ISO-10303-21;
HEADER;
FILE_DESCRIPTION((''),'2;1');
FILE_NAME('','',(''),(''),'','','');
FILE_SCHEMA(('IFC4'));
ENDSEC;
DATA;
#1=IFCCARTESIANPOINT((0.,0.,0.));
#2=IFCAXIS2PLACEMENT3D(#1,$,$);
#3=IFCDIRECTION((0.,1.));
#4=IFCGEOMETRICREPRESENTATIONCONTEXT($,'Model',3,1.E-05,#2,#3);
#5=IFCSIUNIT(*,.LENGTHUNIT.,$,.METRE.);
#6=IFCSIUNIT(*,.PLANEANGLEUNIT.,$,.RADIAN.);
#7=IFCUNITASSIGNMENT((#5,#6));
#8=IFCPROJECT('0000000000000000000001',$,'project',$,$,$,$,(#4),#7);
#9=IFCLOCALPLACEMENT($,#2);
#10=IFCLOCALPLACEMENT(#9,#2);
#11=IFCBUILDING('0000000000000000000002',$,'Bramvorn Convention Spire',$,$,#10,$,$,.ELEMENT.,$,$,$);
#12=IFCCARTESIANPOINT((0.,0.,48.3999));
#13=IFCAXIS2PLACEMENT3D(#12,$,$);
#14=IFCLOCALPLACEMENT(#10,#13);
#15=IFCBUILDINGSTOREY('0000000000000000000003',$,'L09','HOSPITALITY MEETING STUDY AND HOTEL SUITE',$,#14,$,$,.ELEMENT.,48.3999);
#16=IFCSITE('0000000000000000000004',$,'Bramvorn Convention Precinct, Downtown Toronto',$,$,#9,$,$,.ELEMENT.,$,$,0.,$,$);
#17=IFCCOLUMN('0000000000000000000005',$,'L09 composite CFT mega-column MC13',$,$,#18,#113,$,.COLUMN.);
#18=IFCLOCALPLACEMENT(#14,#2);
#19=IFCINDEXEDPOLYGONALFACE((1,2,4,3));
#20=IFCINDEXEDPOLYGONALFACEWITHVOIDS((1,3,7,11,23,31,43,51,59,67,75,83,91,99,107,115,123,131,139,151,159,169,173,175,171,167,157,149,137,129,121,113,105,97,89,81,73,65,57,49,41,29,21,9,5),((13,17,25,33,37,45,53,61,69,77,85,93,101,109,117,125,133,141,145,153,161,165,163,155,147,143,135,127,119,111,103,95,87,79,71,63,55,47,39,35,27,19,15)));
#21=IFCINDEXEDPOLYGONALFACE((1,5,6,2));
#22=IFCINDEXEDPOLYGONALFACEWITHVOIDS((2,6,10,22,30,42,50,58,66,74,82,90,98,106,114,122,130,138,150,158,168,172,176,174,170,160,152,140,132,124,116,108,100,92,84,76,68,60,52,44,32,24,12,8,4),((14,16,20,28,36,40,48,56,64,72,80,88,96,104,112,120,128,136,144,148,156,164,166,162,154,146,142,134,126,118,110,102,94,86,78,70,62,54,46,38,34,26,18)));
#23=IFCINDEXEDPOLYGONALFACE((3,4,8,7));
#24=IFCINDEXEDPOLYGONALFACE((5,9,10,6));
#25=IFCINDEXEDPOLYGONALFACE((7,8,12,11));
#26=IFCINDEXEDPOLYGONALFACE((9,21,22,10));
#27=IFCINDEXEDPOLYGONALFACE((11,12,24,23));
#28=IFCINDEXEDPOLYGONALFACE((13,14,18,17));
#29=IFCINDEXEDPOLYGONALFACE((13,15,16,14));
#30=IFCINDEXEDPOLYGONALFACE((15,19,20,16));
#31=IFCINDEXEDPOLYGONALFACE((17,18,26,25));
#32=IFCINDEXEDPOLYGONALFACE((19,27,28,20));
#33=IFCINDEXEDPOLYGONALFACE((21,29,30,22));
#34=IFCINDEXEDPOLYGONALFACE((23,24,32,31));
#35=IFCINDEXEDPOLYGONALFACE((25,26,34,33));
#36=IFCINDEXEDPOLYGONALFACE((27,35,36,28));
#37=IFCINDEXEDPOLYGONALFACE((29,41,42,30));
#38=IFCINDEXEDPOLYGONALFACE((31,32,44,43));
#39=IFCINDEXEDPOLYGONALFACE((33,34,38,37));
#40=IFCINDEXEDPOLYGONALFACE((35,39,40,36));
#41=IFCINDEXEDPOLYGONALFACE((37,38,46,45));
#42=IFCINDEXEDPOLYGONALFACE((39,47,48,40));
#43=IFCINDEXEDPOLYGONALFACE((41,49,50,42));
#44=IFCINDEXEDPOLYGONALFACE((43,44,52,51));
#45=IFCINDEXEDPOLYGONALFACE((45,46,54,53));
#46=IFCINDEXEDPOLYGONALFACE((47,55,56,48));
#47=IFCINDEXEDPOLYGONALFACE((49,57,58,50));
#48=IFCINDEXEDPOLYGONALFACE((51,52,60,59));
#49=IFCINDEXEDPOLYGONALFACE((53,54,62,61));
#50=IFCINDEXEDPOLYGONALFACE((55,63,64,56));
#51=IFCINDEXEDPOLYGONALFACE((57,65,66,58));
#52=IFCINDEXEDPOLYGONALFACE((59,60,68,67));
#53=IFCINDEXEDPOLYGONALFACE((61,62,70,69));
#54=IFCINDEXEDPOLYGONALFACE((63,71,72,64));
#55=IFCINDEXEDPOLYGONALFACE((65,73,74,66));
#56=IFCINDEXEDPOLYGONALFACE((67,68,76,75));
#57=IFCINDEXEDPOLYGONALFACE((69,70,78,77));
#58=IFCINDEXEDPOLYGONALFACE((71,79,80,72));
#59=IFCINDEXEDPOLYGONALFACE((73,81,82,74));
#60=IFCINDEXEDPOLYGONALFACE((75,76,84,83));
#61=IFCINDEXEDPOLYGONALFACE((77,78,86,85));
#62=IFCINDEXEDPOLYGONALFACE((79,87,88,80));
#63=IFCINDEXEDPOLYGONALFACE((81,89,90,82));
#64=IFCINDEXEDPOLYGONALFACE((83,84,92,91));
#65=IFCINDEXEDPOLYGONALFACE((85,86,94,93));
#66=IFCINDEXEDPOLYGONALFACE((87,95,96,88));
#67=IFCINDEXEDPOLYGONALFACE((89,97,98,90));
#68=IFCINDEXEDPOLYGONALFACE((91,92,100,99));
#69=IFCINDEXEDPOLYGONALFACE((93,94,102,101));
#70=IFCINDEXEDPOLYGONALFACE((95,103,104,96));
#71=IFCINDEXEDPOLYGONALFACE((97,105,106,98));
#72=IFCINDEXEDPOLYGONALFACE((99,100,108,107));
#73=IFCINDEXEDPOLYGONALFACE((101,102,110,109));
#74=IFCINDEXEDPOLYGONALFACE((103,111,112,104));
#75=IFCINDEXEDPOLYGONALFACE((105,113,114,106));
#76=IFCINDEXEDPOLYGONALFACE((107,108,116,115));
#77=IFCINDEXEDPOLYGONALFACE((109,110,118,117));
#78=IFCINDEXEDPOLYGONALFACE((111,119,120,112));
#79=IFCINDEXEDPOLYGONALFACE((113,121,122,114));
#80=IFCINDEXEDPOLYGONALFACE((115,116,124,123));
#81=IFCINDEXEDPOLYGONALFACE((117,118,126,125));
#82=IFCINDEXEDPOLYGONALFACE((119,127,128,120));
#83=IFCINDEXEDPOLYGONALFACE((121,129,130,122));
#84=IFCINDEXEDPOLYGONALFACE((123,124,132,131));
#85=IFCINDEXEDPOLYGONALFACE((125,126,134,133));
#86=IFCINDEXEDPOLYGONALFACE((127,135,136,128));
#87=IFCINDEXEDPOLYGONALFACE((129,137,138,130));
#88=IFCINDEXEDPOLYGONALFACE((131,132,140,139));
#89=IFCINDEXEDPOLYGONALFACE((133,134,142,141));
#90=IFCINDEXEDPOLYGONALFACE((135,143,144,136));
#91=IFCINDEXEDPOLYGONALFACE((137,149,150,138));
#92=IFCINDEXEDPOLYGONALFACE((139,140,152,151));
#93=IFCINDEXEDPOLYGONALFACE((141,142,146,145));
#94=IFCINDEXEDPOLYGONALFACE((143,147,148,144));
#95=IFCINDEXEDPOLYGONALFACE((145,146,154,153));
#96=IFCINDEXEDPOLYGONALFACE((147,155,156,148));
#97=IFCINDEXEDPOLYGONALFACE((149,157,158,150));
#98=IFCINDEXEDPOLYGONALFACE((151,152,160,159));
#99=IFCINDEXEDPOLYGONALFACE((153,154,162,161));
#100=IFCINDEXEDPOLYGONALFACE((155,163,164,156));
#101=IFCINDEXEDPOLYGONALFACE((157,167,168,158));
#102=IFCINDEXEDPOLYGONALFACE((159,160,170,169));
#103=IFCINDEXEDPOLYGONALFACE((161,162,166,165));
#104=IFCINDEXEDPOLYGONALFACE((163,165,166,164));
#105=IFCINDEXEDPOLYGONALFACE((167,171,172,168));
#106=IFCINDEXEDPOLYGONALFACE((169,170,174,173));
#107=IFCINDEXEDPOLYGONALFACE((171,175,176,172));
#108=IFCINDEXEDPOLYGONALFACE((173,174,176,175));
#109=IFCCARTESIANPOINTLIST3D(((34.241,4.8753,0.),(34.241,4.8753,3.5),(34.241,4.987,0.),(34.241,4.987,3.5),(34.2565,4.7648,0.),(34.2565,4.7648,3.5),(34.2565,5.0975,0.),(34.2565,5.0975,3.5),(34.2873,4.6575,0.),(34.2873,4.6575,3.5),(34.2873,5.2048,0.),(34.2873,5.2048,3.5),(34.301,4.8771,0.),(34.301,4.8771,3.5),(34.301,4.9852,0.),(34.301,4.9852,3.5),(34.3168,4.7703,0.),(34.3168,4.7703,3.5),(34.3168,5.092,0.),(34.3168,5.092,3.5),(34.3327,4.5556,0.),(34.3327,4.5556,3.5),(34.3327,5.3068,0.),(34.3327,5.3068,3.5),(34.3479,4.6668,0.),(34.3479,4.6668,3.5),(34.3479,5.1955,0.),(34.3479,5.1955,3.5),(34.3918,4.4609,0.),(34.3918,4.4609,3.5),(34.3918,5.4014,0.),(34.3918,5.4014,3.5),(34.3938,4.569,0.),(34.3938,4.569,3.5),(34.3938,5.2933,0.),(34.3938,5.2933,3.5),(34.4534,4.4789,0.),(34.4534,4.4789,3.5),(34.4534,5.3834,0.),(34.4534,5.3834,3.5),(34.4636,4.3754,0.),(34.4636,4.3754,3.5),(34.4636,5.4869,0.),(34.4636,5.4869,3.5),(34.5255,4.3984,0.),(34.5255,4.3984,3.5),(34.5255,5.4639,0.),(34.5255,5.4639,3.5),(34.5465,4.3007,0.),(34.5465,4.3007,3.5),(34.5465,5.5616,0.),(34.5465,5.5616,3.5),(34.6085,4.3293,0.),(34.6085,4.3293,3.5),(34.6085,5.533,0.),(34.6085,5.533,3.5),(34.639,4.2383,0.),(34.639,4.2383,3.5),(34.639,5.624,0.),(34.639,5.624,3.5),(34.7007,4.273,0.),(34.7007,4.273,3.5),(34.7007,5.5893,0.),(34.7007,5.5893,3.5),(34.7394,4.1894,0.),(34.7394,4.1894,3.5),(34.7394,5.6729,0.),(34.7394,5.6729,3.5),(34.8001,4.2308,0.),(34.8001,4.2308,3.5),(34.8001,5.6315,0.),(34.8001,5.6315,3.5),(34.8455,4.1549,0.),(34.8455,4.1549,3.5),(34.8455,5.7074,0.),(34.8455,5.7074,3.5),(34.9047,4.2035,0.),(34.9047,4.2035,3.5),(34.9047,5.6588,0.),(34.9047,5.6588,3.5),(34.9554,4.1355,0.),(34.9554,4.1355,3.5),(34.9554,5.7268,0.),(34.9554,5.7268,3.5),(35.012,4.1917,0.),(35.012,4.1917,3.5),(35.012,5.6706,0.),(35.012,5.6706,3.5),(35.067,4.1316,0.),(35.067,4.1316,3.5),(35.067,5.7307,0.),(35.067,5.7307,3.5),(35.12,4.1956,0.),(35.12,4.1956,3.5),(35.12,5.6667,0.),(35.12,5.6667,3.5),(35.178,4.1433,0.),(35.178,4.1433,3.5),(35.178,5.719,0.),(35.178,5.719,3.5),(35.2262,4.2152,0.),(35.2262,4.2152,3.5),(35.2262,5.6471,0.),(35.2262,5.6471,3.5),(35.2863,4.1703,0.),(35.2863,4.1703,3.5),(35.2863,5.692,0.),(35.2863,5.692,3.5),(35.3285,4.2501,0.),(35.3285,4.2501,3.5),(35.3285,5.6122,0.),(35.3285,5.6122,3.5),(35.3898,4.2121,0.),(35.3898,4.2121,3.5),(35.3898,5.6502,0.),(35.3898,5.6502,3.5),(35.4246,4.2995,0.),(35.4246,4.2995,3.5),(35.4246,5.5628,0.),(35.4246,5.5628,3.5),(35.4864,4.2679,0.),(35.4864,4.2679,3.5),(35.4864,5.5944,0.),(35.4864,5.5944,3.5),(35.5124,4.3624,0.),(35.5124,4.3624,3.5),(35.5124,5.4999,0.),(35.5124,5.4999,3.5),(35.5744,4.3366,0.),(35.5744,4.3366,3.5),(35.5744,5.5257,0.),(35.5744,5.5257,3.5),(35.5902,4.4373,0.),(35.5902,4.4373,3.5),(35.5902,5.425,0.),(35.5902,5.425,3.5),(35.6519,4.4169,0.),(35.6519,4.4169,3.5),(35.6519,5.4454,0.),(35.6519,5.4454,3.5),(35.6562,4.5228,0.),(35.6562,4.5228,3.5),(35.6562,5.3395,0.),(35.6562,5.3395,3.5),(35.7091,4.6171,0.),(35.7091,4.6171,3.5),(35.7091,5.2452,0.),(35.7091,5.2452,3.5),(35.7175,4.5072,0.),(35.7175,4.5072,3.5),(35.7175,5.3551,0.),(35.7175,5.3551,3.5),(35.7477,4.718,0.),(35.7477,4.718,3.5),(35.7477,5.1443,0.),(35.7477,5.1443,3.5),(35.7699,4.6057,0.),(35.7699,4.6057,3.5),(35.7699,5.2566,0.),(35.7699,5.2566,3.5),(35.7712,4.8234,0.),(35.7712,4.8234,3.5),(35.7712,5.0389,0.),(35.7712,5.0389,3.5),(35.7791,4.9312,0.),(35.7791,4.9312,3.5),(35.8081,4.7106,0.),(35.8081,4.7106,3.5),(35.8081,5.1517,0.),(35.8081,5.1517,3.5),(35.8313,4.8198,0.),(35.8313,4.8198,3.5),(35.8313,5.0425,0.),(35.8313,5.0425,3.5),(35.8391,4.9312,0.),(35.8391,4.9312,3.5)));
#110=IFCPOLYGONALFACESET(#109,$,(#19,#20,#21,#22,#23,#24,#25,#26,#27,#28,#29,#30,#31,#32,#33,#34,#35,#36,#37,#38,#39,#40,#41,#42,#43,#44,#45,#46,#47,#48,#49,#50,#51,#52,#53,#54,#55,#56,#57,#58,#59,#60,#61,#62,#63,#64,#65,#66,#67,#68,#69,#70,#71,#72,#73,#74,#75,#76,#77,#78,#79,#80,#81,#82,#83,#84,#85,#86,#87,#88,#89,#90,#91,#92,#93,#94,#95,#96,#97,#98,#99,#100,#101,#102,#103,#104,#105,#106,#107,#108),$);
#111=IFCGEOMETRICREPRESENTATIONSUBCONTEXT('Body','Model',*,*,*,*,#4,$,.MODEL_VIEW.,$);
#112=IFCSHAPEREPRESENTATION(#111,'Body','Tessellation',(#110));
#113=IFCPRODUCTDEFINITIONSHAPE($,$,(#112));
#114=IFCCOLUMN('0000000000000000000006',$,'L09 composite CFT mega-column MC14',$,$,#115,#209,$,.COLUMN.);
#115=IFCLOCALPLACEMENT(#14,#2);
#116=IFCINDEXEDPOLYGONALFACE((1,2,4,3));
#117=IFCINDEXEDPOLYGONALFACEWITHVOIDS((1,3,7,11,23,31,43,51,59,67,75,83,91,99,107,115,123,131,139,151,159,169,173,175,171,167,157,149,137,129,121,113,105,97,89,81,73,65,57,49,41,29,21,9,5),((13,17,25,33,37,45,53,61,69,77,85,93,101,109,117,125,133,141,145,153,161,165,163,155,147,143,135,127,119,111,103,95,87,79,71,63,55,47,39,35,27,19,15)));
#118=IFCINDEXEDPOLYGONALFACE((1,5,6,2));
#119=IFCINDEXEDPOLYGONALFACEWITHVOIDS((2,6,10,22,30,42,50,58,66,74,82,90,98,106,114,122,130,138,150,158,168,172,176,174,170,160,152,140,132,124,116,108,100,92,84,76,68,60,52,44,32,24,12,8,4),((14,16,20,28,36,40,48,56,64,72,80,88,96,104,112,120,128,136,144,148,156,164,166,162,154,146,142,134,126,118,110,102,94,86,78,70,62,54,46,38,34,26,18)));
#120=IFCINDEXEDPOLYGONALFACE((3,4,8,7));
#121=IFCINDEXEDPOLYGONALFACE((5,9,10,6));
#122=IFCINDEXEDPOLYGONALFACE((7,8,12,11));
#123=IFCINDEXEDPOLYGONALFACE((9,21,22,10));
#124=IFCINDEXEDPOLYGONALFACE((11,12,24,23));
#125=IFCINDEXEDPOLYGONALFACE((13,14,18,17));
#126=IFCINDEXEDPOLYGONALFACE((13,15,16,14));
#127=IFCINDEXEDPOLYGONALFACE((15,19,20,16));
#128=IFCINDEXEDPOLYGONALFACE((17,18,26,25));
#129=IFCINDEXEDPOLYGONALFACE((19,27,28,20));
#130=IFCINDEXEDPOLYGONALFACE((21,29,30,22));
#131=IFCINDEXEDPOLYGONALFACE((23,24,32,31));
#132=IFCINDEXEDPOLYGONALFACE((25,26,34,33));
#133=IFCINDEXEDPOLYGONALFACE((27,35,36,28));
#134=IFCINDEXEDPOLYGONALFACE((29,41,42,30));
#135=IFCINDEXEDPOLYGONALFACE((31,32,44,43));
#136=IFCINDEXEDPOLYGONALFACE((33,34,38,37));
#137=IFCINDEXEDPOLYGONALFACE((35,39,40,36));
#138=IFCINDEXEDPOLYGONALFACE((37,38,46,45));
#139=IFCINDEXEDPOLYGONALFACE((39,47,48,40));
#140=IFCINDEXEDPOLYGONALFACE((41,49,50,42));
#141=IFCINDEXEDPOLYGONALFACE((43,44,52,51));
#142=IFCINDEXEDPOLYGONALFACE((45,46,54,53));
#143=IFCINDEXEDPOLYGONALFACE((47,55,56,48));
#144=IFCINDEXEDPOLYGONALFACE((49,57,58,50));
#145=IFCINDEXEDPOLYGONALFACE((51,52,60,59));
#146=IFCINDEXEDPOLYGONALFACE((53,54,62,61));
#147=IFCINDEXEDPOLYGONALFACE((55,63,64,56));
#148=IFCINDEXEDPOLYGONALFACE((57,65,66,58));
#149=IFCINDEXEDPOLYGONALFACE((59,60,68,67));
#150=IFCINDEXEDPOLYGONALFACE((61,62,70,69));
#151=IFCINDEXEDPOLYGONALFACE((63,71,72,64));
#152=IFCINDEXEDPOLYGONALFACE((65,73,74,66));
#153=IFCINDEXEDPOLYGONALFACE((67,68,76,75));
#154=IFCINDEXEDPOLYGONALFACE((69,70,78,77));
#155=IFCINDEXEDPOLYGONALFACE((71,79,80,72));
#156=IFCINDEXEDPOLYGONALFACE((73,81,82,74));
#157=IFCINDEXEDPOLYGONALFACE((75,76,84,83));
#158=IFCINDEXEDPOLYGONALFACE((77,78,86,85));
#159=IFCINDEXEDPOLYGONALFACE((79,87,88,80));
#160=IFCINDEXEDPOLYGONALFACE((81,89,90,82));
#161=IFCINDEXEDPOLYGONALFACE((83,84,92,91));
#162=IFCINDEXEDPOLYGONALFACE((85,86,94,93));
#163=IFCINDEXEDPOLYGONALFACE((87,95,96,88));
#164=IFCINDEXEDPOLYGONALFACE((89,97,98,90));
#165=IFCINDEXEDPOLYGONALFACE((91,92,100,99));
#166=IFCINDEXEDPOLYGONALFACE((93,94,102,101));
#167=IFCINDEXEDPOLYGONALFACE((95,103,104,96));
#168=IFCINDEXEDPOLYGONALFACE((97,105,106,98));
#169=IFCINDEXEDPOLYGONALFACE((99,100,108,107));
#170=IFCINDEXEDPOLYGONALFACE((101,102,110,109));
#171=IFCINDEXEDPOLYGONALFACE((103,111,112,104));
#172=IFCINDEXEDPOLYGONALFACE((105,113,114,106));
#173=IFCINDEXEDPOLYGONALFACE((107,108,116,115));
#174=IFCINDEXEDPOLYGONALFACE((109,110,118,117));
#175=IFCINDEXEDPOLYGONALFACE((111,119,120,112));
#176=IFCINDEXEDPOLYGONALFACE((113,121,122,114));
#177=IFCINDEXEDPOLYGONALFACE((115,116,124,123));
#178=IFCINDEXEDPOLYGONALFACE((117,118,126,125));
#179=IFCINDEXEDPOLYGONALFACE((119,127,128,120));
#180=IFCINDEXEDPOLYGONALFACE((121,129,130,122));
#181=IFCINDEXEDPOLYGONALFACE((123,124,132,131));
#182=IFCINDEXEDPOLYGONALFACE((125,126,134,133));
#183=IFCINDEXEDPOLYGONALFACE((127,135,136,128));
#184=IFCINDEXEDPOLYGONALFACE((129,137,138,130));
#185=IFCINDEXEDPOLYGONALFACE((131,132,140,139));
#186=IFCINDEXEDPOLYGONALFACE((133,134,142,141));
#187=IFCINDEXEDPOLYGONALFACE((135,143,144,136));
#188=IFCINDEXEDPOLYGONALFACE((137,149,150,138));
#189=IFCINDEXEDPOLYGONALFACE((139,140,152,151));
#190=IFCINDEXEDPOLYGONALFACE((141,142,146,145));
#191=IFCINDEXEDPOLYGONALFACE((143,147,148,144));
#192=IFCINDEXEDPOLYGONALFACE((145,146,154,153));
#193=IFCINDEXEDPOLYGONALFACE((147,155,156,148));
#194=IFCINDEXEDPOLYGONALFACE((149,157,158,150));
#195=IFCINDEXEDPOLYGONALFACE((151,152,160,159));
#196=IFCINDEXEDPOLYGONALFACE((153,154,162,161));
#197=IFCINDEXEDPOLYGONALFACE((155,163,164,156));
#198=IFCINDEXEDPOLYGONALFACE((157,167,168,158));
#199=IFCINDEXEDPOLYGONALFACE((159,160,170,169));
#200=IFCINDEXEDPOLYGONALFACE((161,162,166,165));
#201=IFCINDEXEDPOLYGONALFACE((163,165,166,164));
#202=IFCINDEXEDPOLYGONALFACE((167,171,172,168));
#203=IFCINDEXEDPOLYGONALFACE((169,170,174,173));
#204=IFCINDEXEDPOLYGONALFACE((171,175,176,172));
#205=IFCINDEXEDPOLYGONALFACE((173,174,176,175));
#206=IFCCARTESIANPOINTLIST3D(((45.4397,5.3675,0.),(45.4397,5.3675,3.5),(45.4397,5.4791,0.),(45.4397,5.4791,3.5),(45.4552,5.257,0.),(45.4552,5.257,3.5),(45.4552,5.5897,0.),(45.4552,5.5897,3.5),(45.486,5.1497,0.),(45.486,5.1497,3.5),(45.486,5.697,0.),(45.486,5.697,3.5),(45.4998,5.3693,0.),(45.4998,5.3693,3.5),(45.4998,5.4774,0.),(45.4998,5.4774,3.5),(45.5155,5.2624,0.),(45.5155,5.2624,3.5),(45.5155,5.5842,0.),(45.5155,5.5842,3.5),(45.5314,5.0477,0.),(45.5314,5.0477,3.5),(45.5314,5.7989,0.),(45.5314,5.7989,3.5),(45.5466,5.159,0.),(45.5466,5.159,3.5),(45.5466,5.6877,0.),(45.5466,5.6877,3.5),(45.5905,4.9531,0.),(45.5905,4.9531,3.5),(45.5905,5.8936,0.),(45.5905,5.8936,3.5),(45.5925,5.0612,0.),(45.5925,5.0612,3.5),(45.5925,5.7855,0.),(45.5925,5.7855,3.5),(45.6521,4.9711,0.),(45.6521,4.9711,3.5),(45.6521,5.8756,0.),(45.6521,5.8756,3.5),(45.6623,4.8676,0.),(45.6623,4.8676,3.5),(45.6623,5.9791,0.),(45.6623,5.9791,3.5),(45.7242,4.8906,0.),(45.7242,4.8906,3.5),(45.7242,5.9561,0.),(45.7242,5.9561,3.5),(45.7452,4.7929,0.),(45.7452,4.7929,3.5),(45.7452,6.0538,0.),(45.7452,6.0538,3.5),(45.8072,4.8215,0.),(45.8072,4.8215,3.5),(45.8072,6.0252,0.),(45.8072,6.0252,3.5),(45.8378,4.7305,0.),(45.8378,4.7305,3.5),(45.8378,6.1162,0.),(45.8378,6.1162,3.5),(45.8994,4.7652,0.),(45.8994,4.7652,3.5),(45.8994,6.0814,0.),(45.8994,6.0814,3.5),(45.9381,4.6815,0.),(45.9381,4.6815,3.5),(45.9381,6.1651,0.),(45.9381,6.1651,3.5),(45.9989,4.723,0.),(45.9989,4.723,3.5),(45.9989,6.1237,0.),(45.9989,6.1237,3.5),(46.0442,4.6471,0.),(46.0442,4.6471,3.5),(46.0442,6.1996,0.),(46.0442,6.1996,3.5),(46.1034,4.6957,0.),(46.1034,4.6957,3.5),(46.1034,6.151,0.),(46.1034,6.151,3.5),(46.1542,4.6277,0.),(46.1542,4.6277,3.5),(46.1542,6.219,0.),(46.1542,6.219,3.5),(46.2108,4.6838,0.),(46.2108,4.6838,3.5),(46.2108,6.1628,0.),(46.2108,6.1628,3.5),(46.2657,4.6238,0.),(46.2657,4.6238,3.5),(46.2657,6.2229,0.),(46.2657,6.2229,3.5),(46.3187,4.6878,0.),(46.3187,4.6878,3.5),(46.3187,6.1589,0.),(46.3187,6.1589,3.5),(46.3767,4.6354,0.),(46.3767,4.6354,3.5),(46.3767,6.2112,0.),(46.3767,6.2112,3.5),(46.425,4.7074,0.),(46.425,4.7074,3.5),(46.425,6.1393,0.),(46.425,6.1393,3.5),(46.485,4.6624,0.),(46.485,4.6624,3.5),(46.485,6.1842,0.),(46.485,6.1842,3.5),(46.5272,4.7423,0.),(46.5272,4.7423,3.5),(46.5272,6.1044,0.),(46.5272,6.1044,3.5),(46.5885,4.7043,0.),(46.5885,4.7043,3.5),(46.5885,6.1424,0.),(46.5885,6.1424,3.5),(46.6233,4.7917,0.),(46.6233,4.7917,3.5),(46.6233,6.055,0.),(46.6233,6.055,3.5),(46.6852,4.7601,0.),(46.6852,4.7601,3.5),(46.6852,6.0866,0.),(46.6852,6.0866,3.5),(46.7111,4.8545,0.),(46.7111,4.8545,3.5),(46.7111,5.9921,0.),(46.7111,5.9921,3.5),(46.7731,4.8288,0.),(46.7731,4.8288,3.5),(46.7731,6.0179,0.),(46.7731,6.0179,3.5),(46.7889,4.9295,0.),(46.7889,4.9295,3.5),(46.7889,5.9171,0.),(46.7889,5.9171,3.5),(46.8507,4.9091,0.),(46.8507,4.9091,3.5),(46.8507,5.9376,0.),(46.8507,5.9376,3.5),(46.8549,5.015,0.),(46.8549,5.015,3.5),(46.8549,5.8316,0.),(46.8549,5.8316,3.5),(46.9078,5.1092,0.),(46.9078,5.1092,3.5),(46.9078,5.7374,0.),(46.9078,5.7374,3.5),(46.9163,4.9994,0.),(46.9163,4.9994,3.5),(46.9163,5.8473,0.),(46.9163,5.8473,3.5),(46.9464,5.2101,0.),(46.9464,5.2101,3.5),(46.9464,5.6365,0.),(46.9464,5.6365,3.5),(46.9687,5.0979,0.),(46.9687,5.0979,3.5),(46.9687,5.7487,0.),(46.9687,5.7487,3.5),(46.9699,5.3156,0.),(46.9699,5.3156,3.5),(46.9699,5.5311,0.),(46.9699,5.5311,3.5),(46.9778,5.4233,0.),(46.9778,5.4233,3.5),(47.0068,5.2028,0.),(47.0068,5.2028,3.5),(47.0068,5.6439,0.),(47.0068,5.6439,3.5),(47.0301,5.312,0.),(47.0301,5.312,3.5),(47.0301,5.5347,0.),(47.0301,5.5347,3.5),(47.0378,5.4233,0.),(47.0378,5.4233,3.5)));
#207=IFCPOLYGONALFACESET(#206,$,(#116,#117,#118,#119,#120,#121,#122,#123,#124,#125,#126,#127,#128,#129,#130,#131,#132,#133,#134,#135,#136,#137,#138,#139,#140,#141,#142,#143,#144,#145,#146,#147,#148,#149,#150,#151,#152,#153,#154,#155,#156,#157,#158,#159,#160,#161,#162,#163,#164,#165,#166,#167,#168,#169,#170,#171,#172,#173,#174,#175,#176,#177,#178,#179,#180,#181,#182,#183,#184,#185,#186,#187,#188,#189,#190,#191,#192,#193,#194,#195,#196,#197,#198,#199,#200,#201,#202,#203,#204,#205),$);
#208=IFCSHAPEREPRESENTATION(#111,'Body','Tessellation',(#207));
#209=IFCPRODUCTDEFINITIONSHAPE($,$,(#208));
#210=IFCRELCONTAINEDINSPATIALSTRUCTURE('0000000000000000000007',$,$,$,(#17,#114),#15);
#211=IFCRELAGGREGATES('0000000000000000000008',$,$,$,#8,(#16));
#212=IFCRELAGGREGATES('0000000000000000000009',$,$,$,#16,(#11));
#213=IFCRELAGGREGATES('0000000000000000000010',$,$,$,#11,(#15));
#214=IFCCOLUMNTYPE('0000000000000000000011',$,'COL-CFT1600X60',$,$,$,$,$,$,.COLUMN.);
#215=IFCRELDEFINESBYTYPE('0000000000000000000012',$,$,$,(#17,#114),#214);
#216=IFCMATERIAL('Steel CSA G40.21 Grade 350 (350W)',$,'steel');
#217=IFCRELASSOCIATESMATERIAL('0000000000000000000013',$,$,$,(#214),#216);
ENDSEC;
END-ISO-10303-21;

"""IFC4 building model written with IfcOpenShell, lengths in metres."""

from ifc_helpers import new_model, si_unit, direction, frame, origin, origin_2d, place, context, subcontext, project, spatial, hollow_circle, extrude, material, material_profile, profile_set, type_object, element, save


model = new_model("IFC4")

# Units and contexts
model_context = context("Model", 3, precision=1e-05, world=origin(), true_north=direction((0.0, 1.0)))
body_context = subcontext(model_context, "Body", "Model", "MODEL_VIEW")
ifc_project = project(units=[si_unit("LENGTHUNIT", "METRE"), si_unit("PLANEANGLEUNIT", "RADIAN")], contexts=[model_context])

# Site, building, storey
site_placement = place(None, origin())
site = spatial("IfcSite", under=ifc_project, at=site_placement, Name="Bramvorn Convention Precinct, Downtown Toronto", CompositionType="ELEMENT", RefElevation=0.0)
building_placement = place(site_placement, origin())
building = spatial("IfcBuilding", under=site, at=building_placement, Name="Bramvorn Convention Spire", CompositionType="ELEMENT")
storey_placement = place(building_placement, frame((0.0, 0.0, 48.3999)))
storey = spatial("IfcBuildingStorey", under=building, at=storey_placement, Name="L09", Description="HOSPITALITY MEETING STUDY AND HOTEL SUITE", CompositionType="ELEMENT", Elevation=48.3999)

# Columns
ifc_material_1 = material(Name="Steel CSA G40.21 Grade 350 (350W)", Category="steel")
ifc_material_profile_1 = material_profile(ifc_material_1, hollow_circle(Radius=0.8, WallThickness=0.0601, at=origin_2d()))
ifc_profile_set_1 = profile_set([ifc_material_profile_1], Name="Steel CSA G40.21 Grade 350 (350W) - CFT1600X60")
column_type = type_object("IfcColumnType", Name="COL-CFT1600X60", PredefinedType="COLUMN", material=ifc_profile_set_1)
for number, where, z_axis, x_axis, name in (
    (1, (35.0391, 4.9312, 0.0), (0.0, 0.0, 1.0), (1.0, 0.0, 0.0), "L09 composite CFT mega-column MC13"),
    (2, (46.2378, 5.4233, 0.0), (0.0, 0.0, 1.0), (1.0, 0.0, 0.0), "L09 composite CFT mega-column MC14"),
):
    element("IfcColumn", number, at=place(storey_placement, frame(where, z_axis=z_axis, x_axis=x_axis)), inside=storey, type_object=column_type, Name=name, PredefinedType="COLUMN", context=body_context, shape_type="SweptSolid", body=[
        extrude(hollow_circle(Radius=0.8, WallThickness=0.0601, at=origin_2d()), origin(), (0.0, 0.0, 1.0), 3.5),
    ])

save(model, "model.ifc")
